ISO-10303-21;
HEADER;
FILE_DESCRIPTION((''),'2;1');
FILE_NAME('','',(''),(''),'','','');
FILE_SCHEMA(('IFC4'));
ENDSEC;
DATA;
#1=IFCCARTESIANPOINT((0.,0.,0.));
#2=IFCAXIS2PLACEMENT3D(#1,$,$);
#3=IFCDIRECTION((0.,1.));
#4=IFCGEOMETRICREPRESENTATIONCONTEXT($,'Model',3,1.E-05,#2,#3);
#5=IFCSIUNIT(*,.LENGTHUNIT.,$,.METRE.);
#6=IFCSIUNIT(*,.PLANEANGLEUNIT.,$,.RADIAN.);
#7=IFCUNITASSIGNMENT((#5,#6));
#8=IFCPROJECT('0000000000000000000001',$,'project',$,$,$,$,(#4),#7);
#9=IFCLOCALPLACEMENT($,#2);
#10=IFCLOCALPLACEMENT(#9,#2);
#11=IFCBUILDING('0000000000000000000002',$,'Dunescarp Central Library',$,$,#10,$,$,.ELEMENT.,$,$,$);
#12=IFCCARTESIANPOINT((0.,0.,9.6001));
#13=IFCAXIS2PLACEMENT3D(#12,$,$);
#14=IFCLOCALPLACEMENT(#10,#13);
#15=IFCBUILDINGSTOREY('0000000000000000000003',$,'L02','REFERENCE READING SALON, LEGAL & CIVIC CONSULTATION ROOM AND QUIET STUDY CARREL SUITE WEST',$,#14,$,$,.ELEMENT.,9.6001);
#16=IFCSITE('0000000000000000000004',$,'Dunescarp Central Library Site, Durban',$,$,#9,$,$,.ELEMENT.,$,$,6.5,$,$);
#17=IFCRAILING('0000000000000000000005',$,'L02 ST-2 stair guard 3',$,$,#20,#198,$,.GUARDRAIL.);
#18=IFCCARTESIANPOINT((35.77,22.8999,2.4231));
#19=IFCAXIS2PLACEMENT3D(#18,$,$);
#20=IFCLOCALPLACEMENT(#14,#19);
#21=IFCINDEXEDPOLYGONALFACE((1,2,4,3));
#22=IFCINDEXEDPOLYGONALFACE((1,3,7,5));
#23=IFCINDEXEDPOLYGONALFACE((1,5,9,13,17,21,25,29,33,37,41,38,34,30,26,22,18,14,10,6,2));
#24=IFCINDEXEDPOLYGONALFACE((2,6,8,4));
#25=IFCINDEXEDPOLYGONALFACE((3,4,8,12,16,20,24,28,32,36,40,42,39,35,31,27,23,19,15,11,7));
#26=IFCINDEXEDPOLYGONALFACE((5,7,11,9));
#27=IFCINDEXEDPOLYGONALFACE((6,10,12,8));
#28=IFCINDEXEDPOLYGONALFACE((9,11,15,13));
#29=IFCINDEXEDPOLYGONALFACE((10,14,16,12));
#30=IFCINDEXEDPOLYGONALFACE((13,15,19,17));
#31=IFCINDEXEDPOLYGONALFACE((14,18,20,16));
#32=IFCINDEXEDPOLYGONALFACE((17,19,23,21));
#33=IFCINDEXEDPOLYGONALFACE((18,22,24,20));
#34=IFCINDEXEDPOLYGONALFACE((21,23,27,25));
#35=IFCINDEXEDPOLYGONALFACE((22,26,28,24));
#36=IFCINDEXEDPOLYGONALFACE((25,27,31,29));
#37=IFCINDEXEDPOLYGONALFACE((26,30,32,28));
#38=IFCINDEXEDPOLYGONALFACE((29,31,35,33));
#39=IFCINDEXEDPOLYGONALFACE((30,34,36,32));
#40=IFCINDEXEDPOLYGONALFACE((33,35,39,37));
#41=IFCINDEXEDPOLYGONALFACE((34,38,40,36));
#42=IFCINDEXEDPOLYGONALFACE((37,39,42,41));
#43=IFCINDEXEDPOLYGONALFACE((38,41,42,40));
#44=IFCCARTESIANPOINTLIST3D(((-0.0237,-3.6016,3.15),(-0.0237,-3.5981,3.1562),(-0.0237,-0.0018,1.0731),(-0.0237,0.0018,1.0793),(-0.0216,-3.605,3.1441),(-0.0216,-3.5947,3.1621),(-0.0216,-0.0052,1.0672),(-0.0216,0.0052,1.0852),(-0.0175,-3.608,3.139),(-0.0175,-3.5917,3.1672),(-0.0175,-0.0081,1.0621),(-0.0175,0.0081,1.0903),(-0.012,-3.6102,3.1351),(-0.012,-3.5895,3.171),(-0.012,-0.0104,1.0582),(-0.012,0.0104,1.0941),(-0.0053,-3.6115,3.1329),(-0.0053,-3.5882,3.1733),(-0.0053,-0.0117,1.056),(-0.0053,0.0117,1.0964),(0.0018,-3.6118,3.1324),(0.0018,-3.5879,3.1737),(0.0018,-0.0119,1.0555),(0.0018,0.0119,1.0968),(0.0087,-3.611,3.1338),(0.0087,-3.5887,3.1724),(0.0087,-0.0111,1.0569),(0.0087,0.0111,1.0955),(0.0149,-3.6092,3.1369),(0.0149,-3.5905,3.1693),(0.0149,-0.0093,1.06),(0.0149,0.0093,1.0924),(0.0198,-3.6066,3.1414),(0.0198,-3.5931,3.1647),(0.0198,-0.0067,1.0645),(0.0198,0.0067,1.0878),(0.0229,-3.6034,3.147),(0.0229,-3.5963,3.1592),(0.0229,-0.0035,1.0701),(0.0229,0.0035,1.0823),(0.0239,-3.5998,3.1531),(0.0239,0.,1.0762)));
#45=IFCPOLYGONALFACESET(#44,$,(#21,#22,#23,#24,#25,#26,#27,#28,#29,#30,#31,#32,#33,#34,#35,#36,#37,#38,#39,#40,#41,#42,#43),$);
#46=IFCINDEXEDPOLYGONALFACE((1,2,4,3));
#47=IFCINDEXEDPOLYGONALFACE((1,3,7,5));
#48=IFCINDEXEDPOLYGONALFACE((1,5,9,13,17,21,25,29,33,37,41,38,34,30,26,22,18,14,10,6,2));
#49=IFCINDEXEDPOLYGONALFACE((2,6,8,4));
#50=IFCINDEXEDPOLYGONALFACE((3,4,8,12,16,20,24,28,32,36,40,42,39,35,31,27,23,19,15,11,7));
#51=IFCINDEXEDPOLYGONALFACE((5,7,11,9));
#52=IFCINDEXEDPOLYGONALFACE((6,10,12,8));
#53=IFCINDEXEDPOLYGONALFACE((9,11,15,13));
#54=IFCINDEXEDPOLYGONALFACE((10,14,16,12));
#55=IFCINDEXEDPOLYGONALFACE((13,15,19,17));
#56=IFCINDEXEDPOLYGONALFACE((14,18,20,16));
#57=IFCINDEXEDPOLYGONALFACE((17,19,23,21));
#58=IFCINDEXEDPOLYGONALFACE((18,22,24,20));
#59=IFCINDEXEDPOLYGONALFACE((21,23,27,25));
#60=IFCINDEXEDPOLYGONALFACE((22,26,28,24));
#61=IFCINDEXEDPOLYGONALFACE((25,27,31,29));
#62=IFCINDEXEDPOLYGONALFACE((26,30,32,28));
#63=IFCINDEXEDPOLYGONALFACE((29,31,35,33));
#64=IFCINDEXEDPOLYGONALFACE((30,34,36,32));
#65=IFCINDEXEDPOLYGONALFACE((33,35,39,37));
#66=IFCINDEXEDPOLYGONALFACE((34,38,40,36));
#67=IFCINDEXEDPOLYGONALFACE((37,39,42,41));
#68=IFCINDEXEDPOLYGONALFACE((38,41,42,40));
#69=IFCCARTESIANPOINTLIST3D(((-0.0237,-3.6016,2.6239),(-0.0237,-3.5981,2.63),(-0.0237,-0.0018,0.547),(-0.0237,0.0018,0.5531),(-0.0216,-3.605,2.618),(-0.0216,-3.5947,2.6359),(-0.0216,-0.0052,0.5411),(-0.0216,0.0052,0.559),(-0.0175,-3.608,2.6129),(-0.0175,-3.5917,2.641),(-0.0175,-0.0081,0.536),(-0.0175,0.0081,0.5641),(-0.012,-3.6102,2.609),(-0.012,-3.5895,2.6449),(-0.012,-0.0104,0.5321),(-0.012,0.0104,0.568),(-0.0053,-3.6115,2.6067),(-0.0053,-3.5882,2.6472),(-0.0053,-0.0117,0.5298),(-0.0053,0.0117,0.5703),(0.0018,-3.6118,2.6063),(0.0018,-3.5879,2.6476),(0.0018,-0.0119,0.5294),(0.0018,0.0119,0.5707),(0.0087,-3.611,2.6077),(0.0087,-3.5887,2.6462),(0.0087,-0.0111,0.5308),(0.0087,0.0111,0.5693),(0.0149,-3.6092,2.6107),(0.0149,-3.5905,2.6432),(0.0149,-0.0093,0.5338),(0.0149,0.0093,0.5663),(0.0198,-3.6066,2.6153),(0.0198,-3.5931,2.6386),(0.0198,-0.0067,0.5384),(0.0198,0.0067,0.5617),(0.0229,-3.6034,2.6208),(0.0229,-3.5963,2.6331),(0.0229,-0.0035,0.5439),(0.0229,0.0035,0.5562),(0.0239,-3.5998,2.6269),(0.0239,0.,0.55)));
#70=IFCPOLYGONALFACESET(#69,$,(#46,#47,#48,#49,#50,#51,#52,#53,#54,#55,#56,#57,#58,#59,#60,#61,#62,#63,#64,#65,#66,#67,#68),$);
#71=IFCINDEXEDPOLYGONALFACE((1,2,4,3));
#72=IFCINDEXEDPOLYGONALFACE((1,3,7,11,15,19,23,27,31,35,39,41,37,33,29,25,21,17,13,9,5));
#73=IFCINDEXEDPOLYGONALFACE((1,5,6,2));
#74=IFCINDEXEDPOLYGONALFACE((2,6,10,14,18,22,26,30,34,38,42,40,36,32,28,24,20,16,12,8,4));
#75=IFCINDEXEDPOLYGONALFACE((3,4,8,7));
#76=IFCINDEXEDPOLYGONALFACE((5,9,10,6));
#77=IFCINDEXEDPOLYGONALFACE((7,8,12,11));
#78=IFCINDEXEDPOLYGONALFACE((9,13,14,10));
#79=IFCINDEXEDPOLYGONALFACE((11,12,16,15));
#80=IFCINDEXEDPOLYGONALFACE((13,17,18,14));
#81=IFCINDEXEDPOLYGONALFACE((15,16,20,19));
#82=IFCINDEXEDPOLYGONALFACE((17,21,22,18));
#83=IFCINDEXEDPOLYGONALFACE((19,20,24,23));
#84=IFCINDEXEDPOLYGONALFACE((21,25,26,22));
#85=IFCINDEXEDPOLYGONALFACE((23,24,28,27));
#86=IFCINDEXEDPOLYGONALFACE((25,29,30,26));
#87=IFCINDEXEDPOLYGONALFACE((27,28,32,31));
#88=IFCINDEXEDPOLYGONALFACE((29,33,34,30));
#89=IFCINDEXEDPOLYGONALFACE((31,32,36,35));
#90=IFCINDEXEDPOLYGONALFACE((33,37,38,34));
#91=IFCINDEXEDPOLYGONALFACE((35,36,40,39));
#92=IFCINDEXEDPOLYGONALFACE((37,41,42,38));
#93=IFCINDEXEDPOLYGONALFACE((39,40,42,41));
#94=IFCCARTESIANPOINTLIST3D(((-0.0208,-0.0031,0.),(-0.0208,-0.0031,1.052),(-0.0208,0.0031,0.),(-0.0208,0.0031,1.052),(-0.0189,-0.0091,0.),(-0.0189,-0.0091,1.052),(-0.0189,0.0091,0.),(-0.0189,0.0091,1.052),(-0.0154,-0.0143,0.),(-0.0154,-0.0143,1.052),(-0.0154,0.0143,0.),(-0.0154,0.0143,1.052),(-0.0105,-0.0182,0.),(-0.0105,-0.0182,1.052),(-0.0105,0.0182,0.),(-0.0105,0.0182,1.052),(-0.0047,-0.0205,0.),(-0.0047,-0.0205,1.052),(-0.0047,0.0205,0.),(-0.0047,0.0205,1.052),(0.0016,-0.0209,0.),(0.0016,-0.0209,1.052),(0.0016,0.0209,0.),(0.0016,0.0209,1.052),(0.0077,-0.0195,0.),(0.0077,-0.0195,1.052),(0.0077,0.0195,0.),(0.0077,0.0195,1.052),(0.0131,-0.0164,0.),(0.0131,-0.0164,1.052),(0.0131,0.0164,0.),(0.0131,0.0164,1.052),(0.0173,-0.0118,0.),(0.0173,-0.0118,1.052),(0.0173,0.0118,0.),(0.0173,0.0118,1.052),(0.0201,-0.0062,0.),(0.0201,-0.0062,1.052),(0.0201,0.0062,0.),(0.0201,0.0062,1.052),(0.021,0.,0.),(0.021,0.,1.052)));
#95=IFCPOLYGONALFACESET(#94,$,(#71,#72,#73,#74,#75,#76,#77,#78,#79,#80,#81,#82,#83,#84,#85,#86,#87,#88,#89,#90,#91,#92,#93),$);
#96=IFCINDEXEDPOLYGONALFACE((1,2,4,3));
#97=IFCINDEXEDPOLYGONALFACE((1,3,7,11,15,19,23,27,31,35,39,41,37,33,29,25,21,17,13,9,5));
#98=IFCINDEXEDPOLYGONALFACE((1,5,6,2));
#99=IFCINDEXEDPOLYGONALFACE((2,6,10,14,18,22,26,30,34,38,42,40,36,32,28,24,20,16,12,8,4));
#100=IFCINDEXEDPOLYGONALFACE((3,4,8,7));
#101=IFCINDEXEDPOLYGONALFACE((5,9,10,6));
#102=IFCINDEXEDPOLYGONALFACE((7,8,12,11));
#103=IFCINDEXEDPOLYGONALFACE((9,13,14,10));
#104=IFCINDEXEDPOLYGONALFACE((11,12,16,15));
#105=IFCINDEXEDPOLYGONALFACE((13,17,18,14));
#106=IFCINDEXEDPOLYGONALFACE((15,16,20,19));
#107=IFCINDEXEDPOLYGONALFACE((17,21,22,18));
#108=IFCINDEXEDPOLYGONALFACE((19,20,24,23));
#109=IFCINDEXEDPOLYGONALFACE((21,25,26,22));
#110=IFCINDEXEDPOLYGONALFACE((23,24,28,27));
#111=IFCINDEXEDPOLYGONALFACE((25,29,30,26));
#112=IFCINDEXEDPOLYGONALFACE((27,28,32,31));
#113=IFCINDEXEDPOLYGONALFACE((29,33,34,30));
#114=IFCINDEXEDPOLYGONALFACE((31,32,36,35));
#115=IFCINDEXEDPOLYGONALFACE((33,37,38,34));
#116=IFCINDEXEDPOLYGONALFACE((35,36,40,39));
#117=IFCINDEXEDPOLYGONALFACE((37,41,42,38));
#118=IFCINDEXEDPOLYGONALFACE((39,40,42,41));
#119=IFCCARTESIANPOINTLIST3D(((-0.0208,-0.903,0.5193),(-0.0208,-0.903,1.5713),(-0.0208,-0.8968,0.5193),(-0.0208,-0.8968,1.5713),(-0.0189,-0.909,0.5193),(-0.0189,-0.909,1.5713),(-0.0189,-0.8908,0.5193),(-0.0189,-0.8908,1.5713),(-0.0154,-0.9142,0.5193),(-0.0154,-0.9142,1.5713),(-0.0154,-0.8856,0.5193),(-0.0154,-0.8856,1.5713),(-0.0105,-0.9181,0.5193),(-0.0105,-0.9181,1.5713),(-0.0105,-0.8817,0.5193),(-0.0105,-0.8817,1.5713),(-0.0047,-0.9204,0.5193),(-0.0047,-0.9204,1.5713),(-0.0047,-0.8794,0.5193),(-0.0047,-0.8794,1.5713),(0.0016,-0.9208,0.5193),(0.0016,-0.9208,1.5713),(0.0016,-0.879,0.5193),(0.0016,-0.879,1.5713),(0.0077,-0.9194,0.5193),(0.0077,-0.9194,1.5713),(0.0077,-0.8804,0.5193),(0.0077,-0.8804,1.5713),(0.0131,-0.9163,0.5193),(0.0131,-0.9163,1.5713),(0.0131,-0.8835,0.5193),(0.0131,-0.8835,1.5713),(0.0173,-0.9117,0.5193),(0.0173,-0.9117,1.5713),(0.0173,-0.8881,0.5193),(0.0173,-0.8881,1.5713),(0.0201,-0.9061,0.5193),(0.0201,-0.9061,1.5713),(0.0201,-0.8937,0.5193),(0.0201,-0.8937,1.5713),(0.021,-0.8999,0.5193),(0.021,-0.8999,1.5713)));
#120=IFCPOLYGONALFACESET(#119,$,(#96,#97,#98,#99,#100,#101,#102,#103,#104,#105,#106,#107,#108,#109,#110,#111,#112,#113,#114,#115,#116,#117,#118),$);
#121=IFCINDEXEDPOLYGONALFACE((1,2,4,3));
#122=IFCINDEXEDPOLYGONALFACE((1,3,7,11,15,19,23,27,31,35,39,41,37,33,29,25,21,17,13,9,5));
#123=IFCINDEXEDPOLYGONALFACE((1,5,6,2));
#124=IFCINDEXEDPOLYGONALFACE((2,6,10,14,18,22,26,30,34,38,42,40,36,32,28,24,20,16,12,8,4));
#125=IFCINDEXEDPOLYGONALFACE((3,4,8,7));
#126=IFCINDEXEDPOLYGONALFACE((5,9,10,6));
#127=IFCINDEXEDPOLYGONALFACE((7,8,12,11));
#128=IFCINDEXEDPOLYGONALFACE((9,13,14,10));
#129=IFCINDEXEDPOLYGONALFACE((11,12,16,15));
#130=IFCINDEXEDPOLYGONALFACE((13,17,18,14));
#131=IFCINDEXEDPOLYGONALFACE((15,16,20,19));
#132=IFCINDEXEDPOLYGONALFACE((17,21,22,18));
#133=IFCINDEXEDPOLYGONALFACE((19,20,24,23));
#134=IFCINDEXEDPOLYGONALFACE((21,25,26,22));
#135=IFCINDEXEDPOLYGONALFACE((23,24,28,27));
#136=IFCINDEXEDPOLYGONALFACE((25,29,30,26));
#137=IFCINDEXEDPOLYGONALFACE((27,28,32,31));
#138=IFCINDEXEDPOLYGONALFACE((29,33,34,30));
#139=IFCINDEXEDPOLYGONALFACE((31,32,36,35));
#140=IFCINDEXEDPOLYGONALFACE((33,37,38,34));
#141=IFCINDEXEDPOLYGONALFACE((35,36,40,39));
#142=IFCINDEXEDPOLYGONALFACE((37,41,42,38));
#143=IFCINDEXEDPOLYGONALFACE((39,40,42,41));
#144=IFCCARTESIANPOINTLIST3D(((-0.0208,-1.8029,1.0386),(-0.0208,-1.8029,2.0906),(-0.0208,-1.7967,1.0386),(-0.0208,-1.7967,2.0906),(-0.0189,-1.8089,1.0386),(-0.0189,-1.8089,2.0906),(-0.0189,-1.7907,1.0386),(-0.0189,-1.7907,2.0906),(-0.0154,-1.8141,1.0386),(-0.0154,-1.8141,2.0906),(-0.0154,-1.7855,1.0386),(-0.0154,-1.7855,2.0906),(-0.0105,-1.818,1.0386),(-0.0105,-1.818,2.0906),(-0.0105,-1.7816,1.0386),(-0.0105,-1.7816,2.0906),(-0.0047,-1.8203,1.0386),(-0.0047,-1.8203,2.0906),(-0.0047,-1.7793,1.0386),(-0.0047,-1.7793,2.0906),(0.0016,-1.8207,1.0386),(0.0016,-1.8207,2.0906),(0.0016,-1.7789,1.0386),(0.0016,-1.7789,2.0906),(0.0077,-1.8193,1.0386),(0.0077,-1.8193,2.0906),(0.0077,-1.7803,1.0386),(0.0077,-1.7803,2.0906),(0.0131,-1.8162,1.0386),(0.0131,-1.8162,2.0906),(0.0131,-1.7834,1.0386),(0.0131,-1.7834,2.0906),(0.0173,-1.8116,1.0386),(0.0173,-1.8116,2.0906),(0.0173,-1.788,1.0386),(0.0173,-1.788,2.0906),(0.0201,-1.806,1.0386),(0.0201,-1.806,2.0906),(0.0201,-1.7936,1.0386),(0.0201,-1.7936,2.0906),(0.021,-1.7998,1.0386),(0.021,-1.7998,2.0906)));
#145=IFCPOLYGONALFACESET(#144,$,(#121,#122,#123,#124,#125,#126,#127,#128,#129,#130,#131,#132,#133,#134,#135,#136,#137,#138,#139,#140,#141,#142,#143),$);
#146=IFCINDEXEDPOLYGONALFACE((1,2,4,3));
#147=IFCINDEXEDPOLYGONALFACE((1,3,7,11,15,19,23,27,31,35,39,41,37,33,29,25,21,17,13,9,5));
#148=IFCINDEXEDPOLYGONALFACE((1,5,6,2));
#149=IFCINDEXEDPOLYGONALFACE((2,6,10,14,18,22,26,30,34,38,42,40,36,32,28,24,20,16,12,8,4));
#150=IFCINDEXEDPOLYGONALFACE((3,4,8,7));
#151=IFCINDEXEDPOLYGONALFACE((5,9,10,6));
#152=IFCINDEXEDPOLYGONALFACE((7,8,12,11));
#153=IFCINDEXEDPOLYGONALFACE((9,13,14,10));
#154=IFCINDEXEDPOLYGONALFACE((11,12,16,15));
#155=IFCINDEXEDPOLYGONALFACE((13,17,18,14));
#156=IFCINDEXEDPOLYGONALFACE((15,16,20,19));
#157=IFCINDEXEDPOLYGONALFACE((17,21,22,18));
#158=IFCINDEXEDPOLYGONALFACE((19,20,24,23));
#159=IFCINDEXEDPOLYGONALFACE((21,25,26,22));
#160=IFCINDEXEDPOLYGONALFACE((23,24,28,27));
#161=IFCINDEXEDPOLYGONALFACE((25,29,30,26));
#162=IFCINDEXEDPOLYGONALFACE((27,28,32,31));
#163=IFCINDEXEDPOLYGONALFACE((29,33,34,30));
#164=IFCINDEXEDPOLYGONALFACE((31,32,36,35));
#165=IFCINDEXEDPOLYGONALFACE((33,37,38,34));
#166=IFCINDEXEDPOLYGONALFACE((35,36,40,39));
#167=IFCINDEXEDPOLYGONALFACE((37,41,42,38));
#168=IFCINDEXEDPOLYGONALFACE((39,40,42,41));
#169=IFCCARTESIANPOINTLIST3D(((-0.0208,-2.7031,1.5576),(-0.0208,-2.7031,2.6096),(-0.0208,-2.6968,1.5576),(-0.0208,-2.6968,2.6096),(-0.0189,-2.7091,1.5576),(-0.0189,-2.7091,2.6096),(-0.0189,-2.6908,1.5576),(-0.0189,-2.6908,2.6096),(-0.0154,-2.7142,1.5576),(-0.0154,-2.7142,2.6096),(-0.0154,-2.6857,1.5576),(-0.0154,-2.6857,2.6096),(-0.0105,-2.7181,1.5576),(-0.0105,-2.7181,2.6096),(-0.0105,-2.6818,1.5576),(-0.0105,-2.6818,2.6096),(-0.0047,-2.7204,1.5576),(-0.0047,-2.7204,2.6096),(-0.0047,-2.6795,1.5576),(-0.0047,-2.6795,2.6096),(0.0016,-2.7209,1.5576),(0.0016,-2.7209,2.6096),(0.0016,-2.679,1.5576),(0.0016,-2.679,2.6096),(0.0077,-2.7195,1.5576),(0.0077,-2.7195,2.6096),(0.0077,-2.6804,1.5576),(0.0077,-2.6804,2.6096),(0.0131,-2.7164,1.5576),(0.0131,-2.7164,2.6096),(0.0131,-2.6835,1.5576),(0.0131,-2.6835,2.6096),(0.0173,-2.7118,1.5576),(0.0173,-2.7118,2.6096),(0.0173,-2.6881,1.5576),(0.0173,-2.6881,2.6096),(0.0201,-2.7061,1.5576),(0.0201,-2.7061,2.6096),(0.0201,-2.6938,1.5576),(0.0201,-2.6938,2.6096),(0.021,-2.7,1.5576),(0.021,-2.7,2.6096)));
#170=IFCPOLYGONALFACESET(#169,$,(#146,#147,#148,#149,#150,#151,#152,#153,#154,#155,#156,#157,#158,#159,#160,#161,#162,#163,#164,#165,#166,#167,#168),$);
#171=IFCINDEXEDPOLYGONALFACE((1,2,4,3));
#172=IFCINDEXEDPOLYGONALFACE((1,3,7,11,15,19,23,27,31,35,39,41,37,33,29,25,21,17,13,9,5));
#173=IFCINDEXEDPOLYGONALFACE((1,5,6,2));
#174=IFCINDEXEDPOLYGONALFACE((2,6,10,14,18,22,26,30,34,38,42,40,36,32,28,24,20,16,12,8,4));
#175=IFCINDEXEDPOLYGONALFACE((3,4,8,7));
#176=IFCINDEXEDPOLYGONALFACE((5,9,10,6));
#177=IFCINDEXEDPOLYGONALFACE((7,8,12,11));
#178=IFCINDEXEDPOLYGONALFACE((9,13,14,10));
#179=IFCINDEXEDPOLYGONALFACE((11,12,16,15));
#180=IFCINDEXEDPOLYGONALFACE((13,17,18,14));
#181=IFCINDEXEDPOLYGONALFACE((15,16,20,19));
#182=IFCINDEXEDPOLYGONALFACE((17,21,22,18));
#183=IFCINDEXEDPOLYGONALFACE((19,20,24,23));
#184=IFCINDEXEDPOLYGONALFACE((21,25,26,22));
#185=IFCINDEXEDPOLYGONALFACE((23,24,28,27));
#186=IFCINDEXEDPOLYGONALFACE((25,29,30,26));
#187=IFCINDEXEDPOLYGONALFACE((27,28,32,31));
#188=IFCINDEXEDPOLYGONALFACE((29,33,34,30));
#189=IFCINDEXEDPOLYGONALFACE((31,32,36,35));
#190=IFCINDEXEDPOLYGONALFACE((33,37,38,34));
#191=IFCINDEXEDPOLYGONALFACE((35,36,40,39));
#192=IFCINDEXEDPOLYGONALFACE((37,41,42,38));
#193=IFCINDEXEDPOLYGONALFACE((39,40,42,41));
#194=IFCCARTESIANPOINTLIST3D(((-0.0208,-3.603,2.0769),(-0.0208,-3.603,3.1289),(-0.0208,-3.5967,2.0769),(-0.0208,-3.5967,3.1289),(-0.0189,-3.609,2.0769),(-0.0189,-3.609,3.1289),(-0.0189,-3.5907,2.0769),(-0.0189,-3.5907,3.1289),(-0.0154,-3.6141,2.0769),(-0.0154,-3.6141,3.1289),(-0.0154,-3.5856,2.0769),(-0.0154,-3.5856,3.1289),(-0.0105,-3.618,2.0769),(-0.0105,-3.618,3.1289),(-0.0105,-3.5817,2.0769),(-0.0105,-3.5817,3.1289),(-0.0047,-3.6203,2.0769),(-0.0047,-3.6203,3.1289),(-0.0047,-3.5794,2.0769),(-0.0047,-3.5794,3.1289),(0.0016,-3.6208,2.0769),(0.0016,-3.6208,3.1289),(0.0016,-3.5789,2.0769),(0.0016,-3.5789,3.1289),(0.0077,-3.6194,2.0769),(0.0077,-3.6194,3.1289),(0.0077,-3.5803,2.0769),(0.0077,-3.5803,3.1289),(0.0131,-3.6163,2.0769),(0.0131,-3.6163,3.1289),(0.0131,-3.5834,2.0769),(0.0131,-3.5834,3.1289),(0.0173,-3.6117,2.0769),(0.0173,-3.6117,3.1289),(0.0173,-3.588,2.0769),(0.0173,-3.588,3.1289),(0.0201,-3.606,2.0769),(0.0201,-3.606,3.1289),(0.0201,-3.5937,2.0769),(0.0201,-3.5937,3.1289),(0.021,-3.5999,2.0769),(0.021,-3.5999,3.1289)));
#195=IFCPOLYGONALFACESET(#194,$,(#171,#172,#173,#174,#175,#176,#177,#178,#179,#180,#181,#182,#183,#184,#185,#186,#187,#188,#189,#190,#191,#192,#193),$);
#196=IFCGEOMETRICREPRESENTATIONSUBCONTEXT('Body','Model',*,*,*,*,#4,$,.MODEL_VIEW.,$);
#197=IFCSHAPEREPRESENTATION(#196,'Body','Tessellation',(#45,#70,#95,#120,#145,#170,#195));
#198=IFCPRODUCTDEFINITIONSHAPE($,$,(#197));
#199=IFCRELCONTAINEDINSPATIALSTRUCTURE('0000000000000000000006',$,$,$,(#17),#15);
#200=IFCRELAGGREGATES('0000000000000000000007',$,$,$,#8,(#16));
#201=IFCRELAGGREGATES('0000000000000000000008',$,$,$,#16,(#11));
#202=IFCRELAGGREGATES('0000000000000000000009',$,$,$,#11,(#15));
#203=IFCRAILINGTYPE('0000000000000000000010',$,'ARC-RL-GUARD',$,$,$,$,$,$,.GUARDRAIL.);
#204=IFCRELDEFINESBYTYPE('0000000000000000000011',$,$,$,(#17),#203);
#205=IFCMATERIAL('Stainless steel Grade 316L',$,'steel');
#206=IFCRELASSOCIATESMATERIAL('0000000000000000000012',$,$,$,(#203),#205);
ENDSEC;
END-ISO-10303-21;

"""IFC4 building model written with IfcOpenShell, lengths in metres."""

from ifc_helpers import new_model, si_unit, direction, frame, origin, origin_2d, place, context, subcontext, project, spatial, circle, extrude, material, type_object, element, save


model = new_model("IFC4")

# Units and contexts
model_context = context("Model", 3, precision=1e-05, world=origin(), true_north=direction((0.0, 1.0)))
body_context = subcontext(model_context, "Body", "Model", "MODEL_VIEW")
ifc_project = project(units=[si_unit("LENGTHUNIT", "METRE"), si_unit("PLANEANGLEUNIT", "RADIAN")], contexts=[model_context])

# Site, building, storey
site_placement = place(None, origin())
site = spatial("IfcSite", under=ifc_project, at=site_placement, Name="Dunescarp Central Library Site, Durban", CompositionType="ELEMENT", RefElevation=6.5)
building_placement = place(site_placement, origin())
building = spatial("IfcBuilding", under=site, at=building_placement, Name="Dunescarp Central Library", CompositionType="ELEMENT")
storey_placement = place(building_placement, frame((0.0, 0.0, 9.6001)))
storey = spatial("IfcBuildingStorey", under=building, at=storey_placement, Name="L02", Description="REFERENCE READING SALON, LEGAL & CIVIC CONSULTATION ROOM AND QUIET STUDY CARREL SUITE WEST", CompositionType="ELEMENT", Elevation=9.6001)

# Railing
ifc_material_1 = material(Name="Stainless steel Grade 316L", Category="steel")
railing_type_1 = type_object("IfcRailingType", Name="ARC-RL-GUARD", PredefinedType="GUARDRAIL", material=ifc_material_1)
railing_1_placement = place(storey_placement, frame((35.77, 22.8999, 2.4231)))
element("IfcRailing", 1, at=railing_1_placement, inside=storey, type_object=railing_type_1, Name="L02 ST-2 stair guard 3", PredefinedType="GUARDRAIL", context=body_context, shape_type="SweptSolid", body=[
    extrude(circle(Radius=0.0239, at=origin_2d()), frame((0.0, 0.0, 1.0762), z_axis=(0.0, -0.866179, 0.499734), x_axis=(1.0, 0.0, 0.0)), (0.0, 0.0, 1.0), 4.156),
    extrude(circle(Radius=0.0239, at=origin_2d()), frame((0.0, 0.0, 0.55), z_axis=(0.0, -0.866179, 0.499734), x_axis=(1.0, 0.0, 0.0)), (0.0, 0.0, 1.0), 4.156),
    extrude(circle(Radius=0.021, at=origin_2d()), origin(), (0.0, 0.0, 1.0), 1.052),
    extrude(circle(Radius=0.021, at=origin_2d()), frame((0.0, -0.8999, 0.5193)), (0.0, 0.0, 1.0), 1.052),
    extrude(circle(Radius=0.021, at=origin_2d()), frame((0.0, -1.7998, 1.0386)), (0.0, 0.0, 1.0), 1.052),
    extrude(circle(Radius=0.021, at=origin_2d()), frame((0.0, -2.7, 1.5576)), (0.0, 0.0, 1.0), 1.052),
    extrude(circle(Radius=0.021, at=origin_2d()), frame((0.0, -3.5999, 2.0769)), (0.0, 0.0, 1.0), 1.052),
])

save(model, "model.ifc")
